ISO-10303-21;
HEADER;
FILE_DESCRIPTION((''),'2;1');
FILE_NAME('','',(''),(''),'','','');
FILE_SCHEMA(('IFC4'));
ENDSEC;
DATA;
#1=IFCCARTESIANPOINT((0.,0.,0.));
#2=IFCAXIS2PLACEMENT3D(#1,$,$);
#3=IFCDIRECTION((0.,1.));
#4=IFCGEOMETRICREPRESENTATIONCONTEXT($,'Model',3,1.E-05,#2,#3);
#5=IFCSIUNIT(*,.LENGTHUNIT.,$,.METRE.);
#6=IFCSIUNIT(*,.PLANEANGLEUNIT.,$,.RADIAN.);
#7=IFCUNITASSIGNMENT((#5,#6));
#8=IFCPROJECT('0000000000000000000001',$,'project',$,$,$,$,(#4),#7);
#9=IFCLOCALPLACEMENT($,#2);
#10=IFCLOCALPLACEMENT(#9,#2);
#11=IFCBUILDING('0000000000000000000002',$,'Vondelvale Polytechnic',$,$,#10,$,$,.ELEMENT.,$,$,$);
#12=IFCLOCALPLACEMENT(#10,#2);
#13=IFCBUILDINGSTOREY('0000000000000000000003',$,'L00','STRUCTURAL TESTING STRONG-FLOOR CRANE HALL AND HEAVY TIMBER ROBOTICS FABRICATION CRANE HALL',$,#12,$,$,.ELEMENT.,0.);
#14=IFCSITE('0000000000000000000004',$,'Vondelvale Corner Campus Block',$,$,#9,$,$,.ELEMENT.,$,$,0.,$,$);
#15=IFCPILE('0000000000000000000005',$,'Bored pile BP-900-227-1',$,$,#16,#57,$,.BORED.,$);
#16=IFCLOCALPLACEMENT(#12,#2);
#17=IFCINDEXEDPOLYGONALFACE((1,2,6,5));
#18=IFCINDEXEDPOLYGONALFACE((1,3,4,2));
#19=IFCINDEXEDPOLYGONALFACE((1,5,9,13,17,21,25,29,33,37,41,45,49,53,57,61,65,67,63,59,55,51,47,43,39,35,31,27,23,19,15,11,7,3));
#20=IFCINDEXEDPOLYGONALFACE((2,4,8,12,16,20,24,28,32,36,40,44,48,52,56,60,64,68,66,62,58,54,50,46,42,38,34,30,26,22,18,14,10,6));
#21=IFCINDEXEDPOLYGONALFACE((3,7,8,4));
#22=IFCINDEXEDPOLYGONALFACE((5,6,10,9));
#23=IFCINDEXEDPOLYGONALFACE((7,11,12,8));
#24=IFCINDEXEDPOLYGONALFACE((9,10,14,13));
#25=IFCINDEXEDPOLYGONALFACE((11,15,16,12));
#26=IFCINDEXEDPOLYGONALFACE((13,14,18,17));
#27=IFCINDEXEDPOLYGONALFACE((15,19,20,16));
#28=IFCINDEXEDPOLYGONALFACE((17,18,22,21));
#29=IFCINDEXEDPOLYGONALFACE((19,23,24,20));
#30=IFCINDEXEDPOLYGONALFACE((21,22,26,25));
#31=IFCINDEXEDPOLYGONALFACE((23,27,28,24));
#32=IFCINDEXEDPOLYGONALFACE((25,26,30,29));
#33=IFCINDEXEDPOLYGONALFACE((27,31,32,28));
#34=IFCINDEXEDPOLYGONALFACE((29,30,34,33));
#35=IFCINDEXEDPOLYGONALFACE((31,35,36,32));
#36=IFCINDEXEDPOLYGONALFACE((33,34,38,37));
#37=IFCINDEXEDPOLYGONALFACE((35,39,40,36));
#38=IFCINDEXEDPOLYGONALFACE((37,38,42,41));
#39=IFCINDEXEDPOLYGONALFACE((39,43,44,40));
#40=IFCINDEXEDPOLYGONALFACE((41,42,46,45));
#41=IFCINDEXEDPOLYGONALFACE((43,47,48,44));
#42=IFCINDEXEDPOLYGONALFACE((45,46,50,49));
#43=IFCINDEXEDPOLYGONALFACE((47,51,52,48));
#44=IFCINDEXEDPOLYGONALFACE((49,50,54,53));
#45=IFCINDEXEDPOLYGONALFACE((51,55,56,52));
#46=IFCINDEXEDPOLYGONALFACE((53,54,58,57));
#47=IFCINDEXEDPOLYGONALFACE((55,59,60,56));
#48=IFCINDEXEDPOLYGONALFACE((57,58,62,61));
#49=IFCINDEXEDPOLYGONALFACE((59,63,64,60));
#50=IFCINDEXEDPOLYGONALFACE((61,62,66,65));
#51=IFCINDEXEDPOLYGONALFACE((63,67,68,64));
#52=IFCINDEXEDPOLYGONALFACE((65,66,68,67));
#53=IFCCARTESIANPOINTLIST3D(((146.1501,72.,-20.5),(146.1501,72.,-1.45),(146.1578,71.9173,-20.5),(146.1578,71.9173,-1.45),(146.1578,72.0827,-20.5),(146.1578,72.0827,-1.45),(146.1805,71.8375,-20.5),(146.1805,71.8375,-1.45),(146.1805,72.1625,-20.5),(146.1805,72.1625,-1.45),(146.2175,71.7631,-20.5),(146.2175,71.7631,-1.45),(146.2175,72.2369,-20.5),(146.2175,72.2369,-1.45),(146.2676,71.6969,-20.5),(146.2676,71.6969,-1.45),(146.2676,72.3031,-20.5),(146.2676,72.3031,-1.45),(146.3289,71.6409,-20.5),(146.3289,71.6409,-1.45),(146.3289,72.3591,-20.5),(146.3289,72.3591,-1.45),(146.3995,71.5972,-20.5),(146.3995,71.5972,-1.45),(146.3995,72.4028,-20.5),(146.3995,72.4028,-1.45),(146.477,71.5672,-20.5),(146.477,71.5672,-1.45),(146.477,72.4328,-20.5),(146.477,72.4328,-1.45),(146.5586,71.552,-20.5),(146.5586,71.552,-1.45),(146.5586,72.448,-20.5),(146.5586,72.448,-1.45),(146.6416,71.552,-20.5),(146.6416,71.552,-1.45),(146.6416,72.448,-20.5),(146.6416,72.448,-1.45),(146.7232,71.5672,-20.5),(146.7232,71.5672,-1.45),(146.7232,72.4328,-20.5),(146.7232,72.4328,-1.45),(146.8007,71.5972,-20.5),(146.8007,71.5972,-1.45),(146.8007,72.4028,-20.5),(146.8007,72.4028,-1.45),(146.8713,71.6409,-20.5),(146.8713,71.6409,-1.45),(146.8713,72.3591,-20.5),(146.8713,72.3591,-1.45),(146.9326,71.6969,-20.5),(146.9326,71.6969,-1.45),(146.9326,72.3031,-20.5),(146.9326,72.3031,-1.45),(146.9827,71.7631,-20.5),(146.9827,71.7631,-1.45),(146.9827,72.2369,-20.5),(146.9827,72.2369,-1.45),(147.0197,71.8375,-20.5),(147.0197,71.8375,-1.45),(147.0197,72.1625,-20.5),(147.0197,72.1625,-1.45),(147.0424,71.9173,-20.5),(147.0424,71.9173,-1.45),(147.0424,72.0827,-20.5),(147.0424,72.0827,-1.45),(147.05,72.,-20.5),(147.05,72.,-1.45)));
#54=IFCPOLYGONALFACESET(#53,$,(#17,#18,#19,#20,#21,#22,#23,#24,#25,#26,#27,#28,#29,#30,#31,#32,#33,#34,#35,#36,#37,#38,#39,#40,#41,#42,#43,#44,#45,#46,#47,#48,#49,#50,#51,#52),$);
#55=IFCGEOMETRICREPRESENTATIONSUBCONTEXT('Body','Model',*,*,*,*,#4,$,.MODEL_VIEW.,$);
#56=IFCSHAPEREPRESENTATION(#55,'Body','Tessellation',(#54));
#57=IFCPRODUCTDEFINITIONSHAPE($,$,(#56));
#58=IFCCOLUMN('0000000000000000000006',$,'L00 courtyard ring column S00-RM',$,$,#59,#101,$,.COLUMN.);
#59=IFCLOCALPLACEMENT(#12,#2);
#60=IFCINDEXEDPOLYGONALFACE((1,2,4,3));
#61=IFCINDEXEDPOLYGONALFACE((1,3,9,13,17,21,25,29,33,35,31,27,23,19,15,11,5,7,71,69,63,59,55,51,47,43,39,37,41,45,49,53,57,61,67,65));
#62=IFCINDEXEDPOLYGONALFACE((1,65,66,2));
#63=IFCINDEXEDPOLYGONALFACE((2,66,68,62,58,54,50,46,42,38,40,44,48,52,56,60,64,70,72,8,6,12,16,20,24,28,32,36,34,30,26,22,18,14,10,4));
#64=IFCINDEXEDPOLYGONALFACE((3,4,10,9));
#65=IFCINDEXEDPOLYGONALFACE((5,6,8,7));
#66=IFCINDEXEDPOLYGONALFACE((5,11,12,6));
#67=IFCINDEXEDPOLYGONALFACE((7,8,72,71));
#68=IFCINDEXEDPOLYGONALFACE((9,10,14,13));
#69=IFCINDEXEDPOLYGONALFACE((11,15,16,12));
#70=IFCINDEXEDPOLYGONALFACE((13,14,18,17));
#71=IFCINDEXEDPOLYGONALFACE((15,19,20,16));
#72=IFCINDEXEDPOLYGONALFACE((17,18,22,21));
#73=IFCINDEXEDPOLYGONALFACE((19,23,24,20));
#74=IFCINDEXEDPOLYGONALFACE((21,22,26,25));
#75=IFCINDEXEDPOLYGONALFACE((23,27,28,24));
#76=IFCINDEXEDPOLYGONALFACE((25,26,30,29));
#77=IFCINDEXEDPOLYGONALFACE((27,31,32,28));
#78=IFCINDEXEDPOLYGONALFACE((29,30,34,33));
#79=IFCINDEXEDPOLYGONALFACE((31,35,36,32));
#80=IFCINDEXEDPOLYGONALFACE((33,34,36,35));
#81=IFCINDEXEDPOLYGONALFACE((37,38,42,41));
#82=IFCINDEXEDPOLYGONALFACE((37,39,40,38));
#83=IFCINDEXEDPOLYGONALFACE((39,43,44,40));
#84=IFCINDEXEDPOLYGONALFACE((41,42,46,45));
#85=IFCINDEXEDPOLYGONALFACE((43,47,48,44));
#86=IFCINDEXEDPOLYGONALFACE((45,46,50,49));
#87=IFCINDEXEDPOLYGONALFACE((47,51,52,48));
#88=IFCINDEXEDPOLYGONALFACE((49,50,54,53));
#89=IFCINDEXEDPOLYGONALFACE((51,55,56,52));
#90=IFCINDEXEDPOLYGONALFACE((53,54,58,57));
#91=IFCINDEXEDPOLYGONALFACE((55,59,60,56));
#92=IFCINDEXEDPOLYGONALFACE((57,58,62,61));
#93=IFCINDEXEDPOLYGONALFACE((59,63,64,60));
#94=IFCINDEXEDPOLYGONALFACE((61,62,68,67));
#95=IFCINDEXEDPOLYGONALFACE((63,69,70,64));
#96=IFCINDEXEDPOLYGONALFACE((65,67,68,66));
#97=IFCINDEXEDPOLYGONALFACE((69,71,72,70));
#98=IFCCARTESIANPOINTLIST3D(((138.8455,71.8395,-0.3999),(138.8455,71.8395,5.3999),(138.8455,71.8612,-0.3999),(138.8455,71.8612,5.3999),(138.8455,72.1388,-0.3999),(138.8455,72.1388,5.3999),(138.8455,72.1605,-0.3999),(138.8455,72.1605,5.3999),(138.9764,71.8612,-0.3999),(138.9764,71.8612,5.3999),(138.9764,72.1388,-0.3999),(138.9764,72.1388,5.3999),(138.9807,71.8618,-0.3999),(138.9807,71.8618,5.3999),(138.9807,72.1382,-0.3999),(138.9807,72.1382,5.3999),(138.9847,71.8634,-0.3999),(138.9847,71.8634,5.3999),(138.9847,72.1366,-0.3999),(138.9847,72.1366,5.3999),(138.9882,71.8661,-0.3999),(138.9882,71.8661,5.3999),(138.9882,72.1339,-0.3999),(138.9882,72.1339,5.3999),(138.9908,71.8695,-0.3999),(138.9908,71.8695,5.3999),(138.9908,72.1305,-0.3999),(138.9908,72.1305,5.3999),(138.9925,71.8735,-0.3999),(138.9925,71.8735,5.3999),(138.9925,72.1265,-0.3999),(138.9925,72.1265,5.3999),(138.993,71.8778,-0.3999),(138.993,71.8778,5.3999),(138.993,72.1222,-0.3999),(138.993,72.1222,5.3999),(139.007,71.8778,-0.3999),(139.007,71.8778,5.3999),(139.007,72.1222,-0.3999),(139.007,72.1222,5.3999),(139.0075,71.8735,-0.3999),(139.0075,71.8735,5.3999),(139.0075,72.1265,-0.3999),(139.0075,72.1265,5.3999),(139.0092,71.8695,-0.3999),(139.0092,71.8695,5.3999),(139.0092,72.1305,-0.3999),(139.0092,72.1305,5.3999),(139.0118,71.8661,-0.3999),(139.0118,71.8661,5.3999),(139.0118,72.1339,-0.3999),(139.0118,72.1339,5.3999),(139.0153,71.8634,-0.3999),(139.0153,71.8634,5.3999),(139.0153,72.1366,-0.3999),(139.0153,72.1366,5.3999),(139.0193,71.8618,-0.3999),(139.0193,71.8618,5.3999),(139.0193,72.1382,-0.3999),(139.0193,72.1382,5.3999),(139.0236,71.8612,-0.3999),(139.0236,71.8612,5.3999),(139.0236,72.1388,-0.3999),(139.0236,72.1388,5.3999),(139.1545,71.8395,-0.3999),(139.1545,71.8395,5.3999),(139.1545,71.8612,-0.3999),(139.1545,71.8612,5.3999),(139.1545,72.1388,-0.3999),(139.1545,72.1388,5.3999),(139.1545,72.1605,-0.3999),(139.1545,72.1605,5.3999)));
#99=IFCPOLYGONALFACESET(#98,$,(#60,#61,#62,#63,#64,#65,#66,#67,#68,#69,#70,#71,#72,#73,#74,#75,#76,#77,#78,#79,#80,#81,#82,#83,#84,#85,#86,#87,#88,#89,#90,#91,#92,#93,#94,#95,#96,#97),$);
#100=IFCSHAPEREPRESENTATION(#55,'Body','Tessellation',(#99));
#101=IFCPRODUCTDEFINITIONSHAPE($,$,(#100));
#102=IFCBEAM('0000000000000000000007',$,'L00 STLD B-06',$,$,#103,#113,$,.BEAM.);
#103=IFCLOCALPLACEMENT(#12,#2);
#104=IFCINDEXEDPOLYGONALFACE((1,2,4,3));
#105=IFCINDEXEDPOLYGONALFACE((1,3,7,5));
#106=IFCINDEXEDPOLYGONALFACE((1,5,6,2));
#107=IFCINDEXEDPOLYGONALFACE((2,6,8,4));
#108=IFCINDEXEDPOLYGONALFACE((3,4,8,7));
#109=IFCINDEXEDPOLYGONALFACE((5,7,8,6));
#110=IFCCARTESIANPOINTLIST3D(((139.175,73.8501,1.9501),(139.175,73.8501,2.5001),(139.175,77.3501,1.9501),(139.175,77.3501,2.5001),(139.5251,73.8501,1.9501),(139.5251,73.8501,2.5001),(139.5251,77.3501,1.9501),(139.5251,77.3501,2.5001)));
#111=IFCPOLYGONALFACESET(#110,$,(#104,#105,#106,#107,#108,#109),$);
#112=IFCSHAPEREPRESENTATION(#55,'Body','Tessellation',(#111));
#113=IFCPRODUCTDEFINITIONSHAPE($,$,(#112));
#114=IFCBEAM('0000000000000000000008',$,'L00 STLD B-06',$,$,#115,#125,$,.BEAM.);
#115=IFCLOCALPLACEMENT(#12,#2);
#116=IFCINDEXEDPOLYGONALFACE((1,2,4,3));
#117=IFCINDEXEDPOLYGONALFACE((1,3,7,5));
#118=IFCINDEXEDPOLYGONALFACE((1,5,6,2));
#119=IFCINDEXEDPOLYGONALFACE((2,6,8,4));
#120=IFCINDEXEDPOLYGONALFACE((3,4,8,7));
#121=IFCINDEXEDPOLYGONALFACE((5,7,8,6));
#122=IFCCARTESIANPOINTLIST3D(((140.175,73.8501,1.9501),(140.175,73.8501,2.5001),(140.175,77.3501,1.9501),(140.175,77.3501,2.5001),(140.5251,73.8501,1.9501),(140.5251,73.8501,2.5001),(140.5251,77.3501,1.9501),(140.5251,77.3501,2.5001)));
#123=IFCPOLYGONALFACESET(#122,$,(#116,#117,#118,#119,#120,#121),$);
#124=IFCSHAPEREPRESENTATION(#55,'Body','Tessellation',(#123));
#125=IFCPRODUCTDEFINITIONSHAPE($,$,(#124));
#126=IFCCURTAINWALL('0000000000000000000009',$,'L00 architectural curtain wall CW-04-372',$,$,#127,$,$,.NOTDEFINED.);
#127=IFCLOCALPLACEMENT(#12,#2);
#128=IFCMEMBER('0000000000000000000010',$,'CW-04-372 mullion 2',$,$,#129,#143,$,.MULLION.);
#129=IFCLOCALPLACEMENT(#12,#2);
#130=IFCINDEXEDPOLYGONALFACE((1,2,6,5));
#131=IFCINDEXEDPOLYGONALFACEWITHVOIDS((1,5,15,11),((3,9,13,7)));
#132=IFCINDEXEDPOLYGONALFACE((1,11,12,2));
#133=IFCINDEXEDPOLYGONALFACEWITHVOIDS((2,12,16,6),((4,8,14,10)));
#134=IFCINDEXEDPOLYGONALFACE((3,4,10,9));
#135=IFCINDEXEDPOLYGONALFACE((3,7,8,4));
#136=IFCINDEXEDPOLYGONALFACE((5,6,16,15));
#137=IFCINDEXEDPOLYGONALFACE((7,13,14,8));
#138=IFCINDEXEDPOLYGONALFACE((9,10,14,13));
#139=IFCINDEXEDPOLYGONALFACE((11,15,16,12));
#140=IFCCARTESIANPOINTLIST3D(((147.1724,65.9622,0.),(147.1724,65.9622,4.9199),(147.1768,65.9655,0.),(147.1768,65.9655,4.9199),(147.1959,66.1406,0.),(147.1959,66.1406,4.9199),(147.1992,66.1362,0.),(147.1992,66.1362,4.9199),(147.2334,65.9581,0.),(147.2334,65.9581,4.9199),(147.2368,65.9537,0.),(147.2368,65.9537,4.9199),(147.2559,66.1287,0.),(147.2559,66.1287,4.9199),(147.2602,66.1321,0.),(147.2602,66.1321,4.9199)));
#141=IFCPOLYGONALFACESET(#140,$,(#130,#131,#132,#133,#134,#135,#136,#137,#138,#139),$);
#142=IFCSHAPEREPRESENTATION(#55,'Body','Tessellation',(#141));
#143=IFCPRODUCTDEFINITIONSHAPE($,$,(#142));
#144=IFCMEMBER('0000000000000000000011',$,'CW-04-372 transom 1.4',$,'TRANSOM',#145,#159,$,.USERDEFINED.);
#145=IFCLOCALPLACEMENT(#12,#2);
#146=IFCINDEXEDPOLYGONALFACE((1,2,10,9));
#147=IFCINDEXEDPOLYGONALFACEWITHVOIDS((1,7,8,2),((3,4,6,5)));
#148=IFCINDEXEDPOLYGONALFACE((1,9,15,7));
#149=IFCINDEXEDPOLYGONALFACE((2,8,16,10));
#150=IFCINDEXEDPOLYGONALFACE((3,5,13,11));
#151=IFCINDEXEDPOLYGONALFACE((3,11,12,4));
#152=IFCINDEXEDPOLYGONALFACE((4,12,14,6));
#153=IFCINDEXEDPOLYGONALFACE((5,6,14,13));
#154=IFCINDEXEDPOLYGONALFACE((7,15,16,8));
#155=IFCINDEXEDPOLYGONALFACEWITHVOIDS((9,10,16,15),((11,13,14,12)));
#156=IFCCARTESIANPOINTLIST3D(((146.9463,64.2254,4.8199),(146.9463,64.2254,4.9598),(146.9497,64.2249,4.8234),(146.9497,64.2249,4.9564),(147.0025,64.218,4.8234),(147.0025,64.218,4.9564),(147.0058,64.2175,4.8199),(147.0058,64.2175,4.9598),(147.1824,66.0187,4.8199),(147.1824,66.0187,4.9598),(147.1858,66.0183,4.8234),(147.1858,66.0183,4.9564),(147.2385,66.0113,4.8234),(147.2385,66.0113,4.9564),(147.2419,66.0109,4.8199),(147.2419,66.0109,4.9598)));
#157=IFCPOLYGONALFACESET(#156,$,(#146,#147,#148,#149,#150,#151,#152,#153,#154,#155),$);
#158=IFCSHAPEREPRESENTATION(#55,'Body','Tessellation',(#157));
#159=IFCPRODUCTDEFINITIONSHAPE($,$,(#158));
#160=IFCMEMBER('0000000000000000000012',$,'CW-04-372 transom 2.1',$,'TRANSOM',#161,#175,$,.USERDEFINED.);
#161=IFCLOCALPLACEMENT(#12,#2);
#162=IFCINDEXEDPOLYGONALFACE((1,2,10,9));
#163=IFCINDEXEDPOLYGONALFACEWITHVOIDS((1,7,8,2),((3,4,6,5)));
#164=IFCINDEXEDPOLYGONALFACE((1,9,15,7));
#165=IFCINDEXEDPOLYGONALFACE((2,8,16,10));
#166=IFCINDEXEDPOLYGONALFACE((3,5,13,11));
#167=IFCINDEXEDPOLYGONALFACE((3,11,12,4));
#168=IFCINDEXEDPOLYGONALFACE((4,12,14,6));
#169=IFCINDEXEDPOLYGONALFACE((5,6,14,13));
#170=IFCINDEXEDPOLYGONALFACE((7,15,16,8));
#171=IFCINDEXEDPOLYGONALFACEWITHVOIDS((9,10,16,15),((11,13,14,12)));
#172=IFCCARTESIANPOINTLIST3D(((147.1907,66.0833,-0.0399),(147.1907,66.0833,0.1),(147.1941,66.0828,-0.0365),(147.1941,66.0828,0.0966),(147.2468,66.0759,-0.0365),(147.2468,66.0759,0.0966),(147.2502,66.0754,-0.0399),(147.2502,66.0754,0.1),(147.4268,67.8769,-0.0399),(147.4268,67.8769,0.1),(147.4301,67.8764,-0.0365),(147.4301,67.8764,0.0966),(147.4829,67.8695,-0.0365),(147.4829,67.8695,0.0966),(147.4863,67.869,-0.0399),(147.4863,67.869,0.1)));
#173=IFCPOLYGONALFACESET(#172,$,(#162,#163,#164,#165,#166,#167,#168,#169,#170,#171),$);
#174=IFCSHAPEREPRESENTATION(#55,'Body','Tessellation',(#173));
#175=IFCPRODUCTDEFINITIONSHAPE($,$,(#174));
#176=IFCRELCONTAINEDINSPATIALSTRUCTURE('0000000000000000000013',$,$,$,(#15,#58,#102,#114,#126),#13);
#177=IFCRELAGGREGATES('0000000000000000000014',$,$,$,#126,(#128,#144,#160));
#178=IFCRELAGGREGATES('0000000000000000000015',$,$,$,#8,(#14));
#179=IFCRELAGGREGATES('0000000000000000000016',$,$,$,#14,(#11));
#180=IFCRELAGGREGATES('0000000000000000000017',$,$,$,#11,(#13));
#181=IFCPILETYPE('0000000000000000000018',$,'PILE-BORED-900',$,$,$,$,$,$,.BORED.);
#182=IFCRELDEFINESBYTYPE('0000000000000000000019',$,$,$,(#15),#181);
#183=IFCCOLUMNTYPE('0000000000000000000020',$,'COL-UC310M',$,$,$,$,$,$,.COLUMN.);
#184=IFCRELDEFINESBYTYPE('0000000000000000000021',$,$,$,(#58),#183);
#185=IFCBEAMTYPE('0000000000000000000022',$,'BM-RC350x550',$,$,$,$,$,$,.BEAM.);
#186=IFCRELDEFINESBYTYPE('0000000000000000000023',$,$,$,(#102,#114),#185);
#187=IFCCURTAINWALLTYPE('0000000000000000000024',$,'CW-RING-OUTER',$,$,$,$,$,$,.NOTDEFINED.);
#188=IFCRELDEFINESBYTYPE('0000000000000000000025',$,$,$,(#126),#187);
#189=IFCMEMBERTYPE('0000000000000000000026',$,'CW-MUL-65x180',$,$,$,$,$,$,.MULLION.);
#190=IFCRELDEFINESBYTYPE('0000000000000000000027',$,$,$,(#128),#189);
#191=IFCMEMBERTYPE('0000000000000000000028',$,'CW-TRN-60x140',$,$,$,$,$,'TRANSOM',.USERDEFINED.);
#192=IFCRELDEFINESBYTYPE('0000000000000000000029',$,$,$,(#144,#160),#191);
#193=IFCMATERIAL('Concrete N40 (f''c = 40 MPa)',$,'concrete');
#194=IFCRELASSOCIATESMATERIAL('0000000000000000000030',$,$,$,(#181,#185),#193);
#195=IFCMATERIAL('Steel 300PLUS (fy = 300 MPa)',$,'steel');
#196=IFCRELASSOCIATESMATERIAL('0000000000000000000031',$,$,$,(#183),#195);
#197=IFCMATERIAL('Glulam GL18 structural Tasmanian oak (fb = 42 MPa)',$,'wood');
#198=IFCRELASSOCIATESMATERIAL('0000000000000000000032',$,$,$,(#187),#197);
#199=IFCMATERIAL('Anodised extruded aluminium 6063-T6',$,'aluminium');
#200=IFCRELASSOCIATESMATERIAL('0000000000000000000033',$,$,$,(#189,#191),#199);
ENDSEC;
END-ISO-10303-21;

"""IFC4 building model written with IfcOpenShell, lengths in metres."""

from ifc_helpers import new_model, si_unit, direction, frame, origin, origin_2d, place, context, subcontext, project, spatial, rectangle, hollow_rectangle, circle, i_section, extrude, material, material_profile, profile_set, type_object, element, aggregate, save


model = new_model("IFC4")

# Units and contexts
model_context = context("Model", 3, precision=1e-05, world=origin(), true_north=direction((0.0, 1.0)))
body_context = subcontext(model_context, "Body", "Model", "MODEL_VIEW")
ifc_project = project(units=[si_unit("LENGTHUNIT", "METRE"), si_unit("PLANEANGLEUNIT", "RADIAN")], contexts=[model_context])

# Site, building, storey
site_placement = place(None, origin())
site = spatial("IfcSite", under=ifc_project, at=site_placement, Name="Vondelvale Corner Campus Block", CompositionType="ELEMENT", RefElevation=0.0)
building_placement = place(site_placement, origin())
building = spatial("IfcBuilding", under=site, at=building_placement, Name="Vondelvale Polytechnic", CompositionType="ELEMENT")
storey_placement = place(building_placement, origin())
storey = spatial("IfcBuildingStorey", under=building, at=storey_placement, Name="L00", Description="STRUCTURAL TESTING STRONG-FLOOR CRANE HALL AND HEAVY TIMBER ROBOTICS FABRICATION CRANE HALL", CompositionType="ELEMENT", Elevation=0.0)

# Shared definitions
ifc_material_1 = material(Name="Concrete N40 (f'c = 40 MPa)", Category="concrete")

# Pile
ifc_material_profile_1 = material_profile(ifc_material_1, circle(Radius=0.45, at=origin_2d()), Name="PILE-D900")
ifc_profile_set_1 = profile_set([ifc_material_profile_1], Name="Concrete N40 (f'c = 40 MPa)")
pile_type_1 = type_object("IfcPileType", Name="PILE-BORED-900", PredefinedType="BORED", material=ifc_profile_set_1)
for number, where, z_axis, x_axis, name in (
    (1, (146.6001, 72.0, -1.45), (0.0, 0.0, -1.0), (1.0, 0.0, 0.0), "Bored pile BP-900-227-1"),
):
    element("IfcPile", number, at=place(storey_placement, frame(where, z_axis=z_axis, x_axis=x_axis)), inside=storey, type_object=pile_type_1, Name=name, PredefinedType="BORED", context=body_context, shape_type="SweptSolid", body=[
        extrude(circle(Radius=0.45, at=origin_2d()), origin(), (0.0, 0.0, 1.0), 19.05),
    ])

# Column
ifc_material_2 = material(Name="Steel 300PLUS (fy = 300 MPa)", Category="steel")
ifc_material_profile_2 = material_profile(ifc_material_2, i_section(OverallWidth=0.3091, OverallDepth=0.321, WebThickness=0.0139, FlangeThickness=0.0217, FilletRadius=0.0166, at=origin_2d()), Name="310UC137")
ifc_profile_set_2 = profile_set([ifc_material_profile_2], Name="Steel 300PLUS (fy = 300 MPa)")
column_type = type_object("IfcColumnType", Name="COL-UC310M", PredefinedType="COLUMN", material=ifc_profile_set_2)
column_placement = place(storey_placement, frame((139.0, 72.0, -0.3999), z_axis=(0.0, 0.0, 1.0), x_axis=(1.0, 0.0, 0.0)))
element("IfcColumn", 2, at=column_placement, inside=storey, type_object=column_type, Name="L00 courtyard ring column S00-RM", PredefinedType="COLUMN", context=body_context, shape_type="SweptSolid", body=[
    extrude(i_section(OverallWidth=0.3091, OverallDepth=0.321, WebThickness=0.0139, FlangeThickness=0.0217, FilletRadius=0.0166, at=origin_2d()), origin(), (0.0, 0.0, 1.0), 5.7998),
])

# Beams
ifc_material_profile_3 = material_profile(ifc_material_1, rectangle(XDim=0.3501, YDim=0.55, at=origin_2d()), Name="RC-BM-350x550")
ifc_profile_set_3 = profile_set([ifc_material_profile_3], Name="Concrete N40 (f'c = 40 MPa)")
beam_type = type_object("IfcBeamType", Name="BM-RC350x550", PredefinedType="BEAM", material=ifc_profile_set_3)
for number, where, z_axis, x_axis, name in (
    (3, (139.3501, 73.8501, 2.2251), (0.0, 1.0, 0.0), (-1.0, 0.0, 0.0), "L00 STLD B-06"),
    (4, (140.3501, 73.8501, 2.2251), (0.0, 1.0, 0.0), (-1.0, 0.0, 0.0), "L00 STLD B-06"),
):
    element("IfcBeam", number, at=place(storey_placement, frame(where, z_axis=z_axis, x_axis=x_axis)), inside=storey, type_object=beam_type, Name=name, PredefinedType="BEAM", context=body_context, shape_type="SweptSolid", body=[
        extrude(rectangle(XDim=0.3501, YDim=0.55, at=origin_2d()), origin(), (0.0, 0.0, 1.0), 3.5),
    ])

# Curtain wall, members
ifc_material_3 = material(Name="Glulam GL18 structural Tasmanian oak (fb = 42 MPa)", Category="wood")
curtain_wall_type = type_object("IfcCurtainWallType", Name="CW-RING-OUTER", PredefinedType="NOTDEFINED", material=ifc_material_3)
curtain_wall_placement = place(storey_placement, origin())
curtain_wall = element("IfcCurtainWall", 5, at=curtain_wall_placement, inside=storey, type_object=curtain_wall_type, Name="L00 architectural curtain wall CW-04-372", PredefinedType="NOTDEFINED")
ifc_material_4 = material(Name="Anodised extruded aluminium 6063-T6", Category="aluminium")
ifc_material_profile_4 = material_profile(ifc_material_4, hollow_rectangle(XDim=0.0649, YDim=0.1799, WallThickness=0.0039, at=origin_2d()), Name="CW-MUL-180x65")
ifc_profile_set_4 = profile_set([ifc_material_profile_4], Name="Anodised extruded aluminium 6063-T6")
member_type_1 = type_object("IfcMemberType", Name="CW-MUL-65x180", PredefinedType="MULLION", material=ifc_profile_set_4)
member_1_placement = place(storey_placement, frame((147.2163, 66.0471, 0.0), z_axis=(0.0, 0.0, 1.0), x_axis=(-0.991449, 0.130497, 0.0)))
member_1 = element("IfcMember", 6, at=member_1_placement, type_object=member_type_1, Name="CW-04-372 mullion 2", PredefinedType="MULLION", context=body_context, shape_type="SweptSolid", body=[
    extrude(hollow_rectangle(XDim=0.0649, YDim=0.1799, WallThickness=0.0039, at=origin_2d()), origin(), (0.0, 0.0, 1.0), 4.9199),
])
ifc_material_profile_5 = material_profile(ifc_material_4, hollow_rectangle(XDim=0.0601, YDim=0.1399, WallThickness=0.0034, at=origin_2d()), Name="CW-TRN-140x60")
ifc_profile_set_5 = profile_set([ifc_material_profile_5], Name="Anodised extruded aluminium 6063-T6")
member_type_2 = type_object("IfcMemberType", Name="CW-TRN-60x140", ElementType="TRANSOM", PredefinedType="USERDEFINED", material=ifc_profile_set_5)
member_2_placement = place(storey_placement, frame((146.9761, 64.2214, 4.8899), z_axis=(0.13051, 0.991447, 0.0), x_axis=(-0.991447, 0.13051, 0.0)))
member_2 = element("IfcMember", 7, at=member_2_placement, type_object=member_type_2, Name="CW-04-372 transom 1.4", ObjectType="TRANSOM", PredefinedType="USERDEFINED", context=body_context, shape_type="SweptSolid", body=[
    extrude(hollow_rectangle(XDim=0.0601, YDim=0.1399, WallThickness=0.0034, at=origin_2d()), origin(), (0.0, 0.0, 1.0), 1.8088),
])
member_3_placement = place(storey_placement, frame((147.2205, 66.0793, 0.03), z_axis=(0.130493, 0.991449, 0.0), x_axis=(-0.991449, 0.130493, 0.0)))
member_3 = element("IfcMember", 8, at=member_3_placement, type_object=member_type_2, Name="CW-04-372 transom 2.1", ObjectType="TRANSOM", PredefinedType="USERDEFINED", context=body_context, shape_type="SweptSolid", body=[
    extrude(hollow_rectangle(XDim=0.0601, YDim=0.1399, WallThickness=0.0034, at=origin_2d()), origin(), (0.0, 0.0, 1.0), 1.8091),
])
aggregate(curtain_wall, [member_1, member_2, member_3])

save(model, "model.ifc")
